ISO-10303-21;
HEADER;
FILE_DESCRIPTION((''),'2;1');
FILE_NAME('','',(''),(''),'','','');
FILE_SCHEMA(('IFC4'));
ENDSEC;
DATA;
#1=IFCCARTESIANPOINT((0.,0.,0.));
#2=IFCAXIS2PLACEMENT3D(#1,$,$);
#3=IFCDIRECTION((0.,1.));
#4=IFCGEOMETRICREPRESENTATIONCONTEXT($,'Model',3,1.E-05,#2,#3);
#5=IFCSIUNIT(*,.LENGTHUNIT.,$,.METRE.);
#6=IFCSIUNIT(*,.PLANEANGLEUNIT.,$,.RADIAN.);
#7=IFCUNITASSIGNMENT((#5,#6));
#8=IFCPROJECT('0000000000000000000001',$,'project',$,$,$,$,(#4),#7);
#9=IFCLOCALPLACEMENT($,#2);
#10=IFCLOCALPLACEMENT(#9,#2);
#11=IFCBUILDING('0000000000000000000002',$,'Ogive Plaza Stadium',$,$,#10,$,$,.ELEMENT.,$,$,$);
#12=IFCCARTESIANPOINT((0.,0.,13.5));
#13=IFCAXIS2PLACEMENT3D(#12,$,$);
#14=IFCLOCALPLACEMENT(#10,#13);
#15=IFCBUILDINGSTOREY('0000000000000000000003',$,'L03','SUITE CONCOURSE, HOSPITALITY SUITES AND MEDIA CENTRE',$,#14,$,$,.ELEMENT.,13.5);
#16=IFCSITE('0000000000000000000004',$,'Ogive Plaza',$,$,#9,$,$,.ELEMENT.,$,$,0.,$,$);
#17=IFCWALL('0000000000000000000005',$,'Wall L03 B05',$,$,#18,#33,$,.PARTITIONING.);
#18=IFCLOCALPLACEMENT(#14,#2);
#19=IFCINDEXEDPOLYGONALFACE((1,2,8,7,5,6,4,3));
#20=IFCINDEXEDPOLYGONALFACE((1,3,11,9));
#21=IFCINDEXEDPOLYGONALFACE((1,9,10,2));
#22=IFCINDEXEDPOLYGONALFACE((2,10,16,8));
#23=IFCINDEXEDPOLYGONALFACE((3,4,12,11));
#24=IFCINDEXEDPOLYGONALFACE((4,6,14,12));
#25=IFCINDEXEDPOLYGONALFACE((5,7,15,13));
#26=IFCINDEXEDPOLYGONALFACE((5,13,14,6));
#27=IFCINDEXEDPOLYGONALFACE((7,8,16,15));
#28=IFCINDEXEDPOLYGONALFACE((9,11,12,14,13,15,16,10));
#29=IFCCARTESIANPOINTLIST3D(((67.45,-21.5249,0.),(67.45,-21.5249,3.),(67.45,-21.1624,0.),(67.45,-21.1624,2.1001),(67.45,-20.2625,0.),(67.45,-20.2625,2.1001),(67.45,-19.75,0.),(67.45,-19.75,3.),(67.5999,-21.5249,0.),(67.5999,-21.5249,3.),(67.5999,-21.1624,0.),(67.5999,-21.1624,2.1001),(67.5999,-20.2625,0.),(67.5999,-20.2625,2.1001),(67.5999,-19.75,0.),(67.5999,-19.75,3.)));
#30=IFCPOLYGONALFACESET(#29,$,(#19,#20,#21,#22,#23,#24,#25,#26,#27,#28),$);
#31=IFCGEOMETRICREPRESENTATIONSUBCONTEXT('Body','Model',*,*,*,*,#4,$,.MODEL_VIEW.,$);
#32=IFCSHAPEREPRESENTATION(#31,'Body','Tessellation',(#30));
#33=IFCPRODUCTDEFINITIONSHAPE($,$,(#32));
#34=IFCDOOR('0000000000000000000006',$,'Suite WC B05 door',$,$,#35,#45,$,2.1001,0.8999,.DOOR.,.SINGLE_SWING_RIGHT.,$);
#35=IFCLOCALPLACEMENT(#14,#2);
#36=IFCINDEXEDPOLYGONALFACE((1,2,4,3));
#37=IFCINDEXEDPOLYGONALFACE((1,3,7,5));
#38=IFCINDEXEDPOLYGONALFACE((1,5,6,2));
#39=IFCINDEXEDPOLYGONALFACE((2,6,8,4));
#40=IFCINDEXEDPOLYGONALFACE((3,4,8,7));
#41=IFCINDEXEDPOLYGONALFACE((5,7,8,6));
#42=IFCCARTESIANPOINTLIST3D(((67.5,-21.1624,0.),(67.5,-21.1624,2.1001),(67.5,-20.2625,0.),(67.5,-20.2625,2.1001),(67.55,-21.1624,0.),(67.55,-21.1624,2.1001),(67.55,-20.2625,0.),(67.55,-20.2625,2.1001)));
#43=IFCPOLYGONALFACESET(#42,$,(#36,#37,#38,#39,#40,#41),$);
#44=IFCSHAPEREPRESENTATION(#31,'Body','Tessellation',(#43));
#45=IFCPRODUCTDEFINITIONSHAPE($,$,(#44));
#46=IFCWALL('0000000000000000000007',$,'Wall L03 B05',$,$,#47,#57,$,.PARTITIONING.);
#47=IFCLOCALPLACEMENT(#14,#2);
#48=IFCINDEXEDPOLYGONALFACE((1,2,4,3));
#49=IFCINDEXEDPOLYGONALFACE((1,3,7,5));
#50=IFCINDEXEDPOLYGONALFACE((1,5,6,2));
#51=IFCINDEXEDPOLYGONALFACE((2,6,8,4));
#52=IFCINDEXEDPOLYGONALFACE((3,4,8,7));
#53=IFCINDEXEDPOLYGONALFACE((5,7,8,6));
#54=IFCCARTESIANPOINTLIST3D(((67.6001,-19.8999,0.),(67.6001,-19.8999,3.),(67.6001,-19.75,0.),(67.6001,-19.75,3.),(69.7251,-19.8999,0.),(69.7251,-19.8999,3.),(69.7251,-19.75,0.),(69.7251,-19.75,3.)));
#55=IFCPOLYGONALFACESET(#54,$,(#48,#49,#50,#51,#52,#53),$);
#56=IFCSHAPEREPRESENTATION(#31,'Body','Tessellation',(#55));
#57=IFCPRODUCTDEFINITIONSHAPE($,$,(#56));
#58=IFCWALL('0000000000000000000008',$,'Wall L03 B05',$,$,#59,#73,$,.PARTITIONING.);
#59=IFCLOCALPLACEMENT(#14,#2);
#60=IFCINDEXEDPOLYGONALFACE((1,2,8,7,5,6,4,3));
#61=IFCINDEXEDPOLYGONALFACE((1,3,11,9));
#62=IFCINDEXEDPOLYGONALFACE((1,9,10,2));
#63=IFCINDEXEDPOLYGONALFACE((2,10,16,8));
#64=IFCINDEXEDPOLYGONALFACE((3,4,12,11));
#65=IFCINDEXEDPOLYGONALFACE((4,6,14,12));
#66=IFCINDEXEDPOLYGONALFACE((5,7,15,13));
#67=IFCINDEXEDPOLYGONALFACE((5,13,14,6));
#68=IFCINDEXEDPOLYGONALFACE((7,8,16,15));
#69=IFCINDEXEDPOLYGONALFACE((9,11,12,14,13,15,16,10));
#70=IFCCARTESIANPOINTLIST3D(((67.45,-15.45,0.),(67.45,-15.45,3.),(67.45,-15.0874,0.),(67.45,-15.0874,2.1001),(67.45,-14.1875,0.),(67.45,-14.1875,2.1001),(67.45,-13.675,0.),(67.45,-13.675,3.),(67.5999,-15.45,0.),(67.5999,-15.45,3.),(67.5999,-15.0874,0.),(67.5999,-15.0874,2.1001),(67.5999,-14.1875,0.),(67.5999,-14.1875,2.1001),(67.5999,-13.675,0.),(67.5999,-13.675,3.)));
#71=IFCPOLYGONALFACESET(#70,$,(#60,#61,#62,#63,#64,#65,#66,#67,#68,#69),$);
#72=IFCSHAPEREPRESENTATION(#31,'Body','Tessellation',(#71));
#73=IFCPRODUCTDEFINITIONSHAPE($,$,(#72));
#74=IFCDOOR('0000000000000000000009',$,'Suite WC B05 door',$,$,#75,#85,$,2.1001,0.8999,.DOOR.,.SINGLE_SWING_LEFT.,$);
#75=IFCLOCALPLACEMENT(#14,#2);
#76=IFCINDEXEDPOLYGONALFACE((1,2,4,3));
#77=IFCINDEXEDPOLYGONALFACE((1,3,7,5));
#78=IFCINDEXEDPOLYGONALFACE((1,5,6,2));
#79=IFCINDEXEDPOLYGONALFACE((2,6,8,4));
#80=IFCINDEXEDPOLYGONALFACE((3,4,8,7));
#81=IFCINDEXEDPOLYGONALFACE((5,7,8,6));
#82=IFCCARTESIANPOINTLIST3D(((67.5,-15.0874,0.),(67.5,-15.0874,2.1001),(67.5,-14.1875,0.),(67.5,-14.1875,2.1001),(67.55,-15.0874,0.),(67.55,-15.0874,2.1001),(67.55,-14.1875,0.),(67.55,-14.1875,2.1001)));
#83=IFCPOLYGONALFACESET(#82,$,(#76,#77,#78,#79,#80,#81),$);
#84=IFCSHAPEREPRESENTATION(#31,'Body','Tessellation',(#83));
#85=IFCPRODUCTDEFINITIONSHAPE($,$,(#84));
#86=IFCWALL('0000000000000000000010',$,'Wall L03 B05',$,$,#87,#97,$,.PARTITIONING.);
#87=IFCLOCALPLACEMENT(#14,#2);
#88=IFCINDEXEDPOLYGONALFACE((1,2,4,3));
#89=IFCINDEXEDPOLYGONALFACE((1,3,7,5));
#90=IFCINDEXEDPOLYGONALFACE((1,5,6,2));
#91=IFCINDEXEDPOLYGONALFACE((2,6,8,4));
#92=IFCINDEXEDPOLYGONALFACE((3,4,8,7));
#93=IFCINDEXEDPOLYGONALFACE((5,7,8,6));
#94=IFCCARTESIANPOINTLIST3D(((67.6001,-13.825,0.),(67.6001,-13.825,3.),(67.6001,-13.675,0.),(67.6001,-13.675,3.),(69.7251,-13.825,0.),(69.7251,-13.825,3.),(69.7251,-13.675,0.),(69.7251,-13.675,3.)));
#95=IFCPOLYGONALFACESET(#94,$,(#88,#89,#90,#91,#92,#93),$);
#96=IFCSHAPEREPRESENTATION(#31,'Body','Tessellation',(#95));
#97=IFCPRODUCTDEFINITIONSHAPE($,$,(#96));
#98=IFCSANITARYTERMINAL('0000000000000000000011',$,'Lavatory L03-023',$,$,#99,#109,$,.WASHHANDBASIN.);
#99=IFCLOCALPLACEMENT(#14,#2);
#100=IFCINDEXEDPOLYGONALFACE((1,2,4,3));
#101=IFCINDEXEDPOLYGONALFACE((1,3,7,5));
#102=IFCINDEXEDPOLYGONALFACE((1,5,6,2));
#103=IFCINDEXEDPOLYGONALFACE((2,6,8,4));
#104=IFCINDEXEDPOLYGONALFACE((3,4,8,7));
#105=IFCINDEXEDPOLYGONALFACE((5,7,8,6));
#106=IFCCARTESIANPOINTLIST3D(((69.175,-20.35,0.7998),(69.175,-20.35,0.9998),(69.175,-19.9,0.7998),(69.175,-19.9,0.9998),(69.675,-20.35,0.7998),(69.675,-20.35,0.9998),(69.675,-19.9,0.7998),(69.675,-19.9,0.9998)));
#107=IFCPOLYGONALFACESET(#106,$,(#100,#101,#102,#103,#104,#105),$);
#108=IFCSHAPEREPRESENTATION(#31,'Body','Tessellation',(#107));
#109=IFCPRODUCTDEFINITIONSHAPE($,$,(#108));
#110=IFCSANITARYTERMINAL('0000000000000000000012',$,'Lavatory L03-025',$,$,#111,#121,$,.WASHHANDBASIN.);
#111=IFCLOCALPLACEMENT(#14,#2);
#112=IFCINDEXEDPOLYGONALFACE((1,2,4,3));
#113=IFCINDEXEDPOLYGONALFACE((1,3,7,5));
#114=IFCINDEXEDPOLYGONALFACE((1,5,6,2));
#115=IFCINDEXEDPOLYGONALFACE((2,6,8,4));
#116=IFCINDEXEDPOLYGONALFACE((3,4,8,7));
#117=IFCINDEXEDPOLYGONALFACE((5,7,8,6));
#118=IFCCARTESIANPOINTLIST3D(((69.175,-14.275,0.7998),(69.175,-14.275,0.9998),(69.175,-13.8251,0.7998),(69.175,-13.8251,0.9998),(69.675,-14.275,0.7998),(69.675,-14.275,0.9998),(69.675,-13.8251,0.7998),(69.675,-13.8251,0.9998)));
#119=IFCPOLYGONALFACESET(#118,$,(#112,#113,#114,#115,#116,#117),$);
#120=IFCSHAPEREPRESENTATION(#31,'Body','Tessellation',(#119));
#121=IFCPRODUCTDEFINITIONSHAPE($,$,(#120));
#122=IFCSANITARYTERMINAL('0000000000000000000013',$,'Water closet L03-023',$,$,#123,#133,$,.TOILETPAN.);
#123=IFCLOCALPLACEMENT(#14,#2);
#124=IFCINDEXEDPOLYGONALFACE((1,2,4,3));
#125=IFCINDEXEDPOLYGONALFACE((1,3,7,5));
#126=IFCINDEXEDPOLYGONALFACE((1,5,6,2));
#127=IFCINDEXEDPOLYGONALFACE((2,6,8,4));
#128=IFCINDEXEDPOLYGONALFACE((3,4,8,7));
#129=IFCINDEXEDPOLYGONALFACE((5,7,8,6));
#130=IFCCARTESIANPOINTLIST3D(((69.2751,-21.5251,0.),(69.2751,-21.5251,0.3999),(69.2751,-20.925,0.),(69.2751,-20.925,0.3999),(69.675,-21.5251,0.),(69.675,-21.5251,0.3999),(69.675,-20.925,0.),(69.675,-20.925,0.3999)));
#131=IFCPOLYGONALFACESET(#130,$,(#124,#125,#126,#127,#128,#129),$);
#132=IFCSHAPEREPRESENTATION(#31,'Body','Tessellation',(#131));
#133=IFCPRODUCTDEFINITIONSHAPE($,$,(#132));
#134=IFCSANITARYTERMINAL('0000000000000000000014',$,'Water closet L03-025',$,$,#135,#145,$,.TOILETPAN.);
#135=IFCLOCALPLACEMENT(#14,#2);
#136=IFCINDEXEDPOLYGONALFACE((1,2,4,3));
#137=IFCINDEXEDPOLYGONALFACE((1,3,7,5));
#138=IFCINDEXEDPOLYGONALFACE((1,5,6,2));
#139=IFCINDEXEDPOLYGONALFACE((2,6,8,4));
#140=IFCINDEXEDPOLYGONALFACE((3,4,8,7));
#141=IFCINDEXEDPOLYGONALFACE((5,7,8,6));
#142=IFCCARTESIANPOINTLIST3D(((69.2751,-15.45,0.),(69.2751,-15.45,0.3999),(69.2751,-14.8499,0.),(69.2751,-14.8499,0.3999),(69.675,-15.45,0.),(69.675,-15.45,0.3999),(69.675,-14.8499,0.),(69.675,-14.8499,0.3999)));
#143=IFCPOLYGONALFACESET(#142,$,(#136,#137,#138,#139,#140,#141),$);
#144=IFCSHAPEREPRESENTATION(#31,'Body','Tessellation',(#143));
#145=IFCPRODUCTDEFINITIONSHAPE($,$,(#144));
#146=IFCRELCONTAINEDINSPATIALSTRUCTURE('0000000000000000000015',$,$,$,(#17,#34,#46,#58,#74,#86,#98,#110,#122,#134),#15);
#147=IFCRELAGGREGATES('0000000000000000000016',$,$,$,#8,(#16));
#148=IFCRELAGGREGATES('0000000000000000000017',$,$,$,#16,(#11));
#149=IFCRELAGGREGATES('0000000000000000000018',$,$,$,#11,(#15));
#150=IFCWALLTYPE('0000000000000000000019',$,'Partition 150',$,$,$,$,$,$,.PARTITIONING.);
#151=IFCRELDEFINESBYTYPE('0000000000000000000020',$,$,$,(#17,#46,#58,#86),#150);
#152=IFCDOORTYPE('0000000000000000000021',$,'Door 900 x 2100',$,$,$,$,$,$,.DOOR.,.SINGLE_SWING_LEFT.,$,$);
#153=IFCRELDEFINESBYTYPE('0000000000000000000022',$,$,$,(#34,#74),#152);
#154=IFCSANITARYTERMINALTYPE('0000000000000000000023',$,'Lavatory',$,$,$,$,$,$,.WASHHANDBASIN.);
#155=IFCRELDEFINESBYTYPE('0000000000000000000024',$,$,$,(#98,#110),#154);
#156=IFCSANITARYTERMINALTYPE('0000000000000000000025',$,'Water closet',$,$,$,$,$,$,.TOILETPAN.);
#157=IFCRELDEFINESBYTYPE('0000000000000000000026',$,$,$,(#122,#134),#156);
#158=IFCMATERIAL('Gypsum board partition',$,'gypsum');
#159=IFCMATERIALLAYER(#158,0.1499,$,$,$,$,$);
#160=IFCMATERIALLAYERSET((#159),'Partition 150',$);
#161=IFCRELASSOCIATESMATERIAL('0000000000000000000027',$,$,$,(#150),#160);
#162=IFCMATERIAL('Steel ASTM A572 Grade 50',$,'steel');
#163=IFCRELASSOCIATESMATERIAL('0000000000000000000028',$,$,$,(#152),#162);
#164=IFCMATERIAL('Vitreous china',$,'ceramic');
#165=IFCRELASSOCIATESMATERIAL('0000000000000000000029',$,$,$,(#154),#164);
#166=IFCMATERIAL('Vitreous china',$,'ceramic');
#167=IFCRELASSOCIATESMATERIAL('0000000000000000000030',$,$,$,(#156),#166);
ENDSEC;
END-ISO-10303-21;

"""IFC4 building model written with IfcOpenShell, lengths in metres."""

from ifc_helpers import new_model, si_unit, direction, frame, frame_2d, origin, origin_2d, place, context, subcontext, project, spatial, rectangle, extrude, material, layer, layer_set, type_object, element, fill, save


model = new_model("IFC4")

# Units and contexts
model_context = context("Model", 3, precision=1e-05, world=origin(), true_north=direction((0.0, 1.0)))
body_context = subcontext(model_context, "Body", "Model", "MODEL_VIEW")
ifc_project = project(units=[si_unit("LENGTHUNIT", "METRE"), si_unit("PLANEANGLEUNIT", "RADIAN")], contexts=[model_context])

# Site, building, storey
site_placement = place(None, origin())
site = spatial("IfcSite", under=ifc_project, at=site_placement, Name="Ogive Plaza", CompositionType="ELEMENT", RefElevation=0.0)
building_placement = place(site_placement, origin())
building = spatial("IfcBuilding", under=site, at=building_placement, Name="Ogive Plaza Stadium", CompositionType="ELEMENT")
storey_placement = place(building_placement, frame((0.0, 0.0, 13.5)))
storey = spatial("IfcBuildingStorey", under=building, at=storey_placement, Name="L03", Description="SUITE CONCOURSE, HOSPITALITY SUITES AND MEDIA CENTRE", CompositionType="ELEMENT", Elevation=13.5)

# Wall, opening, door
ifc_material_1 = material(Name="Gypsum board partition", Category="gypsum")
ifc_layer_1 = layer(ifc_material_1, 0.1499)
ifc_layer_set_1 = layer_set([ifc_layer_1], Name="Partition 150")
wall_type_1 = type_object("IfcWallType", Name="Partition 150", PredefinedType="PARTITIONING", material=ifc_layer_set_1)
wall_1_placement = place(storey_placement, frame((67.5249, -21.5249, 0.0), z_axis=(0.0, 0.0, 1.0), x_axis=(0.0, 1.0, 0.0)))
wall_1 = element("IfcWall", 1, at=wall_1_placement, inside=storey, type_object=wall_type_1, Name="Wall L03 B05", PredefinedType="PARTITIONING", context=body_context, shape_type="SweptSolid", body=[
    extrude(rectangle(XDim=1.7749, YDim=0.1499, at=frame_2d((0.8875, 0.0))), origin(), (0.0, 0.0, 1.0), 3.0),
])
opening_1_placement = place(wall_1_placement, frame((0.3625, 0.0, 0.0)))
opening_1 = element("IfcOpeningElement", 2, at=opening_1_placement, cuts=wall_1, PredefinedType="OPENING", context=body_context, shape_type="SweptSolid", body=[
    extrude(rectangle(XDim=0.8999, YDim=2.1001, at=frame_2d((0.45, 1.05))), frame((0.0, 0.075, 0.0), z_axis=(0.0, -1.0, 0.0), x_axis=(1.0, 0.0, 0.0)), (0.0, 0.0, 1.0), 0.1499),
])
ifc_material_2 = material(Name="Steel ASTM A572 Grade 50", Category="steel")
door_type_1 = type_object("IfcDoorType", Name="Door 900 x 2100", OperationType="SINGLE_SWING_LEFT", PredefinedType="DOOR", material=ifc_material_2)
door_1_placement = place(opening_1_placement, origin())
door_1 = element("IfcDoor", 3, at=door_1_placement, inside=storey, type_object=door_type_1, Name="Suite WC B05 door", OperationType="SINGLE_SWING_RIGHT", OverallHeight=2.1001, OverallWidth=0.8999, PredefinedType="DOOR", context=body_context, shape_type="SweptSolid", body=[
    extrude(rectangle(XDim=0.8999, YDim=2.1001, at=frame_2d((0.45, 1.05))), frame((0.0, 0.0249, 0.0), z_axis=(0.0, -1.0, 0.0), x_axis=(1.0, 0.0, 0.0)), (0.0, 0.0, 1.0), 0.05),
])
fill(opening_1, door_1)

# Wall
wall_2_placement = place(storey_placement, frame((67.6001, -19.825, 0.0), z_axis=(0.0, 0.0, 1.0), x_axis=(1.0, 0.0, 0.0)))
element("IfcWall", 4, at=wall_2_placement, inside=storey, type_object=wall_type_1, Name="Wall L03 B05", PredefinedType="PARTITIONING", context=body_context, shape_type="SweptSolid", body=[
    extrude(rectangle(XDim=2.125, YDim=0.1499, at=frame_2d((1.0625, 0.0))), origin(), (0.0, 0.0, 1.0), 3.0),
])

# Wall, opening, door
wall_3_placement = place(storey_placement, frame((67.5249, -15.45, 0.0), z_axis=(0.0, 0.0, 1.0), x_axis=(0.0, 1.0, 0.0)))
wall_3 = element("IfcWall", 5, at=wall_3_placement, inside=storey, type_object=wall_type_1, Name="Wall L03 B05", PredefinedType="PARTITIONING", context=body_context, shape_type="SweptSolid", body=[
    extrude(rectangle(XDim=1.7749, YDim=0.1499, at=frame_2d((0.8875, 0.0))), origin(), (0.0, 0.0, 1.0), 3.0),
])
opening_2_placement = place(wall_3_placement, frame((0.3625, 0.0, 0.0)))
opening_2 = element("IfcOpeningElement", 6, at=opening_2_placement, cuts=wall_3, PredefinedType="OPENING", context=body_context, shape_type="SweptSolid", body=[
    extrude(rectangle(XDim=0.8999, YDim=2.1001, at=frame_2d((0.45, 1.05))), frame((0.0, 0.075, 0.0), z_axis=(0.0, -1.0, 0.0), x_axis=(1.0, 0.0, 0.0)), (0.0, 0.0, 1.0), 0.1499),
])
door_2_placement = place(opening_2_placement, origin())
door_2 = element("IfcDoor", 7, at=door_2_placement, inside=storey, type_object=door_type_1, Name="Suite WC B05 door", OperationType="SINGLE_SWING_LEFT", OverallHeight=2.1001, OverallWidth=0.8999, PredefinedType="DOOR", context=body_context, shape_type="SweptSolid", body=[
    extrude(rectangle(XDim=0.8999, YDim=2.1001, at=frame_2d((0.45, 1.05))), frame((0.0, 0.0249, 0.0), z_axis=(0.0, -1.0, 0.0), x_axis=(1.0, 0.0, 0.0)), (0.0, 0.0, 1.0), 0.05),
])
fill(opening_2, door_2)

# Wall
wall_4_placement = place(storey_placement, frame((67.6001, -13.75, 0.0), z_axis=(0.0, 0.0, 1.0), x_axis=(1.0, 0.0, 0.0)))
element("IfcWall", 8, at=wall_4_placement, inside=storey, type_object=wall_type_1, Name="Wall L03 B05", PredefinedType="PARTITIONING", context=body_context, shape_type="SweptSolid", body=[
    extrude(rectangle(XDim=2.125, YDim=0.1499, at=frame_2d((1.0625, 0.0))), origin(), (0.0, 0.0, 1.0), 3.0),
])

# Sanitary terminals
ifc_material_3 = material(Name="Vitreous china", Category="ceramic")
sanitary_terminal_type_1 = type_object("IfcSanitaryTerminalType", Name="Lavatory", PredefinedType="WASHHANDBASIN", material=ifc_material_3)
for number, where, z_axis, x_axis, name in (
    (9, (69.425, -20.125, 0.7998), (0.0, 0.0, 1.0), (-1.0, 0.0, 0.0), "Lavatory L03-023"),
    (10, (69.425, -14.05, 0.7998), (0.0, 0.0, 1.0), (-1.0, 0.0, 0.0), "Lavatory L03-025"),
):
    element("IfcSanitaryTerminal", number, at=place(storey_placement, frame(where, z_axis=z_axis, x_axis=x_axis)), inside=storey, type_object=sanitary_terminal_type_1, Name=name, PredefinedType="WASHHANDBASIN", context=body_context, shape_type="SweptSolid", body=[
        extrude(rectangle(XDim=0.5, YDim=0.45, at=origin_2d()), origin(), (0.0, 0.0, 1.0), 0.2),
    ])
ifc_material_4 = material(Name="Vitreous china", Category="ceramic")
sanitary_terminal_type_2 = type_object("IfcSanitaryTerminalType", Name="Water closet", PredefinedType="TOILETPAN", material=ifc_material_4)
for number, where, z_axis, x_axis, name in (
    (11, (69.4751, -21.2251, 0.0), (0.0, 0.0, 1.0), (-1.0, 0.0, 0.0), "Water closet L03-023"),
    (12, (69.4751, -15.1499, 0.0), (0.0, 0.0, 1.0), (-1.0, 0.0, 0.0), "Water closet L03-025"),
):
    element("IfcSanitaryTerminal", number, at=place(storey_placement, frame(where, z_axis=z_axis, x_axis=x_axis)), inside=storey, type_object=sanitary_terminal_type_2, Name=name, PredefinedType="TOILETPAN", context=body_context, shape_type="SweptSolid", body=[
        extrude(rectangle(XDim=0.3999, YDim=0.6001, at=origin_2d()), origin(), (0.0, 0.0, 1.0), 0.3999),
    ])

save(model, "model.ifc")
